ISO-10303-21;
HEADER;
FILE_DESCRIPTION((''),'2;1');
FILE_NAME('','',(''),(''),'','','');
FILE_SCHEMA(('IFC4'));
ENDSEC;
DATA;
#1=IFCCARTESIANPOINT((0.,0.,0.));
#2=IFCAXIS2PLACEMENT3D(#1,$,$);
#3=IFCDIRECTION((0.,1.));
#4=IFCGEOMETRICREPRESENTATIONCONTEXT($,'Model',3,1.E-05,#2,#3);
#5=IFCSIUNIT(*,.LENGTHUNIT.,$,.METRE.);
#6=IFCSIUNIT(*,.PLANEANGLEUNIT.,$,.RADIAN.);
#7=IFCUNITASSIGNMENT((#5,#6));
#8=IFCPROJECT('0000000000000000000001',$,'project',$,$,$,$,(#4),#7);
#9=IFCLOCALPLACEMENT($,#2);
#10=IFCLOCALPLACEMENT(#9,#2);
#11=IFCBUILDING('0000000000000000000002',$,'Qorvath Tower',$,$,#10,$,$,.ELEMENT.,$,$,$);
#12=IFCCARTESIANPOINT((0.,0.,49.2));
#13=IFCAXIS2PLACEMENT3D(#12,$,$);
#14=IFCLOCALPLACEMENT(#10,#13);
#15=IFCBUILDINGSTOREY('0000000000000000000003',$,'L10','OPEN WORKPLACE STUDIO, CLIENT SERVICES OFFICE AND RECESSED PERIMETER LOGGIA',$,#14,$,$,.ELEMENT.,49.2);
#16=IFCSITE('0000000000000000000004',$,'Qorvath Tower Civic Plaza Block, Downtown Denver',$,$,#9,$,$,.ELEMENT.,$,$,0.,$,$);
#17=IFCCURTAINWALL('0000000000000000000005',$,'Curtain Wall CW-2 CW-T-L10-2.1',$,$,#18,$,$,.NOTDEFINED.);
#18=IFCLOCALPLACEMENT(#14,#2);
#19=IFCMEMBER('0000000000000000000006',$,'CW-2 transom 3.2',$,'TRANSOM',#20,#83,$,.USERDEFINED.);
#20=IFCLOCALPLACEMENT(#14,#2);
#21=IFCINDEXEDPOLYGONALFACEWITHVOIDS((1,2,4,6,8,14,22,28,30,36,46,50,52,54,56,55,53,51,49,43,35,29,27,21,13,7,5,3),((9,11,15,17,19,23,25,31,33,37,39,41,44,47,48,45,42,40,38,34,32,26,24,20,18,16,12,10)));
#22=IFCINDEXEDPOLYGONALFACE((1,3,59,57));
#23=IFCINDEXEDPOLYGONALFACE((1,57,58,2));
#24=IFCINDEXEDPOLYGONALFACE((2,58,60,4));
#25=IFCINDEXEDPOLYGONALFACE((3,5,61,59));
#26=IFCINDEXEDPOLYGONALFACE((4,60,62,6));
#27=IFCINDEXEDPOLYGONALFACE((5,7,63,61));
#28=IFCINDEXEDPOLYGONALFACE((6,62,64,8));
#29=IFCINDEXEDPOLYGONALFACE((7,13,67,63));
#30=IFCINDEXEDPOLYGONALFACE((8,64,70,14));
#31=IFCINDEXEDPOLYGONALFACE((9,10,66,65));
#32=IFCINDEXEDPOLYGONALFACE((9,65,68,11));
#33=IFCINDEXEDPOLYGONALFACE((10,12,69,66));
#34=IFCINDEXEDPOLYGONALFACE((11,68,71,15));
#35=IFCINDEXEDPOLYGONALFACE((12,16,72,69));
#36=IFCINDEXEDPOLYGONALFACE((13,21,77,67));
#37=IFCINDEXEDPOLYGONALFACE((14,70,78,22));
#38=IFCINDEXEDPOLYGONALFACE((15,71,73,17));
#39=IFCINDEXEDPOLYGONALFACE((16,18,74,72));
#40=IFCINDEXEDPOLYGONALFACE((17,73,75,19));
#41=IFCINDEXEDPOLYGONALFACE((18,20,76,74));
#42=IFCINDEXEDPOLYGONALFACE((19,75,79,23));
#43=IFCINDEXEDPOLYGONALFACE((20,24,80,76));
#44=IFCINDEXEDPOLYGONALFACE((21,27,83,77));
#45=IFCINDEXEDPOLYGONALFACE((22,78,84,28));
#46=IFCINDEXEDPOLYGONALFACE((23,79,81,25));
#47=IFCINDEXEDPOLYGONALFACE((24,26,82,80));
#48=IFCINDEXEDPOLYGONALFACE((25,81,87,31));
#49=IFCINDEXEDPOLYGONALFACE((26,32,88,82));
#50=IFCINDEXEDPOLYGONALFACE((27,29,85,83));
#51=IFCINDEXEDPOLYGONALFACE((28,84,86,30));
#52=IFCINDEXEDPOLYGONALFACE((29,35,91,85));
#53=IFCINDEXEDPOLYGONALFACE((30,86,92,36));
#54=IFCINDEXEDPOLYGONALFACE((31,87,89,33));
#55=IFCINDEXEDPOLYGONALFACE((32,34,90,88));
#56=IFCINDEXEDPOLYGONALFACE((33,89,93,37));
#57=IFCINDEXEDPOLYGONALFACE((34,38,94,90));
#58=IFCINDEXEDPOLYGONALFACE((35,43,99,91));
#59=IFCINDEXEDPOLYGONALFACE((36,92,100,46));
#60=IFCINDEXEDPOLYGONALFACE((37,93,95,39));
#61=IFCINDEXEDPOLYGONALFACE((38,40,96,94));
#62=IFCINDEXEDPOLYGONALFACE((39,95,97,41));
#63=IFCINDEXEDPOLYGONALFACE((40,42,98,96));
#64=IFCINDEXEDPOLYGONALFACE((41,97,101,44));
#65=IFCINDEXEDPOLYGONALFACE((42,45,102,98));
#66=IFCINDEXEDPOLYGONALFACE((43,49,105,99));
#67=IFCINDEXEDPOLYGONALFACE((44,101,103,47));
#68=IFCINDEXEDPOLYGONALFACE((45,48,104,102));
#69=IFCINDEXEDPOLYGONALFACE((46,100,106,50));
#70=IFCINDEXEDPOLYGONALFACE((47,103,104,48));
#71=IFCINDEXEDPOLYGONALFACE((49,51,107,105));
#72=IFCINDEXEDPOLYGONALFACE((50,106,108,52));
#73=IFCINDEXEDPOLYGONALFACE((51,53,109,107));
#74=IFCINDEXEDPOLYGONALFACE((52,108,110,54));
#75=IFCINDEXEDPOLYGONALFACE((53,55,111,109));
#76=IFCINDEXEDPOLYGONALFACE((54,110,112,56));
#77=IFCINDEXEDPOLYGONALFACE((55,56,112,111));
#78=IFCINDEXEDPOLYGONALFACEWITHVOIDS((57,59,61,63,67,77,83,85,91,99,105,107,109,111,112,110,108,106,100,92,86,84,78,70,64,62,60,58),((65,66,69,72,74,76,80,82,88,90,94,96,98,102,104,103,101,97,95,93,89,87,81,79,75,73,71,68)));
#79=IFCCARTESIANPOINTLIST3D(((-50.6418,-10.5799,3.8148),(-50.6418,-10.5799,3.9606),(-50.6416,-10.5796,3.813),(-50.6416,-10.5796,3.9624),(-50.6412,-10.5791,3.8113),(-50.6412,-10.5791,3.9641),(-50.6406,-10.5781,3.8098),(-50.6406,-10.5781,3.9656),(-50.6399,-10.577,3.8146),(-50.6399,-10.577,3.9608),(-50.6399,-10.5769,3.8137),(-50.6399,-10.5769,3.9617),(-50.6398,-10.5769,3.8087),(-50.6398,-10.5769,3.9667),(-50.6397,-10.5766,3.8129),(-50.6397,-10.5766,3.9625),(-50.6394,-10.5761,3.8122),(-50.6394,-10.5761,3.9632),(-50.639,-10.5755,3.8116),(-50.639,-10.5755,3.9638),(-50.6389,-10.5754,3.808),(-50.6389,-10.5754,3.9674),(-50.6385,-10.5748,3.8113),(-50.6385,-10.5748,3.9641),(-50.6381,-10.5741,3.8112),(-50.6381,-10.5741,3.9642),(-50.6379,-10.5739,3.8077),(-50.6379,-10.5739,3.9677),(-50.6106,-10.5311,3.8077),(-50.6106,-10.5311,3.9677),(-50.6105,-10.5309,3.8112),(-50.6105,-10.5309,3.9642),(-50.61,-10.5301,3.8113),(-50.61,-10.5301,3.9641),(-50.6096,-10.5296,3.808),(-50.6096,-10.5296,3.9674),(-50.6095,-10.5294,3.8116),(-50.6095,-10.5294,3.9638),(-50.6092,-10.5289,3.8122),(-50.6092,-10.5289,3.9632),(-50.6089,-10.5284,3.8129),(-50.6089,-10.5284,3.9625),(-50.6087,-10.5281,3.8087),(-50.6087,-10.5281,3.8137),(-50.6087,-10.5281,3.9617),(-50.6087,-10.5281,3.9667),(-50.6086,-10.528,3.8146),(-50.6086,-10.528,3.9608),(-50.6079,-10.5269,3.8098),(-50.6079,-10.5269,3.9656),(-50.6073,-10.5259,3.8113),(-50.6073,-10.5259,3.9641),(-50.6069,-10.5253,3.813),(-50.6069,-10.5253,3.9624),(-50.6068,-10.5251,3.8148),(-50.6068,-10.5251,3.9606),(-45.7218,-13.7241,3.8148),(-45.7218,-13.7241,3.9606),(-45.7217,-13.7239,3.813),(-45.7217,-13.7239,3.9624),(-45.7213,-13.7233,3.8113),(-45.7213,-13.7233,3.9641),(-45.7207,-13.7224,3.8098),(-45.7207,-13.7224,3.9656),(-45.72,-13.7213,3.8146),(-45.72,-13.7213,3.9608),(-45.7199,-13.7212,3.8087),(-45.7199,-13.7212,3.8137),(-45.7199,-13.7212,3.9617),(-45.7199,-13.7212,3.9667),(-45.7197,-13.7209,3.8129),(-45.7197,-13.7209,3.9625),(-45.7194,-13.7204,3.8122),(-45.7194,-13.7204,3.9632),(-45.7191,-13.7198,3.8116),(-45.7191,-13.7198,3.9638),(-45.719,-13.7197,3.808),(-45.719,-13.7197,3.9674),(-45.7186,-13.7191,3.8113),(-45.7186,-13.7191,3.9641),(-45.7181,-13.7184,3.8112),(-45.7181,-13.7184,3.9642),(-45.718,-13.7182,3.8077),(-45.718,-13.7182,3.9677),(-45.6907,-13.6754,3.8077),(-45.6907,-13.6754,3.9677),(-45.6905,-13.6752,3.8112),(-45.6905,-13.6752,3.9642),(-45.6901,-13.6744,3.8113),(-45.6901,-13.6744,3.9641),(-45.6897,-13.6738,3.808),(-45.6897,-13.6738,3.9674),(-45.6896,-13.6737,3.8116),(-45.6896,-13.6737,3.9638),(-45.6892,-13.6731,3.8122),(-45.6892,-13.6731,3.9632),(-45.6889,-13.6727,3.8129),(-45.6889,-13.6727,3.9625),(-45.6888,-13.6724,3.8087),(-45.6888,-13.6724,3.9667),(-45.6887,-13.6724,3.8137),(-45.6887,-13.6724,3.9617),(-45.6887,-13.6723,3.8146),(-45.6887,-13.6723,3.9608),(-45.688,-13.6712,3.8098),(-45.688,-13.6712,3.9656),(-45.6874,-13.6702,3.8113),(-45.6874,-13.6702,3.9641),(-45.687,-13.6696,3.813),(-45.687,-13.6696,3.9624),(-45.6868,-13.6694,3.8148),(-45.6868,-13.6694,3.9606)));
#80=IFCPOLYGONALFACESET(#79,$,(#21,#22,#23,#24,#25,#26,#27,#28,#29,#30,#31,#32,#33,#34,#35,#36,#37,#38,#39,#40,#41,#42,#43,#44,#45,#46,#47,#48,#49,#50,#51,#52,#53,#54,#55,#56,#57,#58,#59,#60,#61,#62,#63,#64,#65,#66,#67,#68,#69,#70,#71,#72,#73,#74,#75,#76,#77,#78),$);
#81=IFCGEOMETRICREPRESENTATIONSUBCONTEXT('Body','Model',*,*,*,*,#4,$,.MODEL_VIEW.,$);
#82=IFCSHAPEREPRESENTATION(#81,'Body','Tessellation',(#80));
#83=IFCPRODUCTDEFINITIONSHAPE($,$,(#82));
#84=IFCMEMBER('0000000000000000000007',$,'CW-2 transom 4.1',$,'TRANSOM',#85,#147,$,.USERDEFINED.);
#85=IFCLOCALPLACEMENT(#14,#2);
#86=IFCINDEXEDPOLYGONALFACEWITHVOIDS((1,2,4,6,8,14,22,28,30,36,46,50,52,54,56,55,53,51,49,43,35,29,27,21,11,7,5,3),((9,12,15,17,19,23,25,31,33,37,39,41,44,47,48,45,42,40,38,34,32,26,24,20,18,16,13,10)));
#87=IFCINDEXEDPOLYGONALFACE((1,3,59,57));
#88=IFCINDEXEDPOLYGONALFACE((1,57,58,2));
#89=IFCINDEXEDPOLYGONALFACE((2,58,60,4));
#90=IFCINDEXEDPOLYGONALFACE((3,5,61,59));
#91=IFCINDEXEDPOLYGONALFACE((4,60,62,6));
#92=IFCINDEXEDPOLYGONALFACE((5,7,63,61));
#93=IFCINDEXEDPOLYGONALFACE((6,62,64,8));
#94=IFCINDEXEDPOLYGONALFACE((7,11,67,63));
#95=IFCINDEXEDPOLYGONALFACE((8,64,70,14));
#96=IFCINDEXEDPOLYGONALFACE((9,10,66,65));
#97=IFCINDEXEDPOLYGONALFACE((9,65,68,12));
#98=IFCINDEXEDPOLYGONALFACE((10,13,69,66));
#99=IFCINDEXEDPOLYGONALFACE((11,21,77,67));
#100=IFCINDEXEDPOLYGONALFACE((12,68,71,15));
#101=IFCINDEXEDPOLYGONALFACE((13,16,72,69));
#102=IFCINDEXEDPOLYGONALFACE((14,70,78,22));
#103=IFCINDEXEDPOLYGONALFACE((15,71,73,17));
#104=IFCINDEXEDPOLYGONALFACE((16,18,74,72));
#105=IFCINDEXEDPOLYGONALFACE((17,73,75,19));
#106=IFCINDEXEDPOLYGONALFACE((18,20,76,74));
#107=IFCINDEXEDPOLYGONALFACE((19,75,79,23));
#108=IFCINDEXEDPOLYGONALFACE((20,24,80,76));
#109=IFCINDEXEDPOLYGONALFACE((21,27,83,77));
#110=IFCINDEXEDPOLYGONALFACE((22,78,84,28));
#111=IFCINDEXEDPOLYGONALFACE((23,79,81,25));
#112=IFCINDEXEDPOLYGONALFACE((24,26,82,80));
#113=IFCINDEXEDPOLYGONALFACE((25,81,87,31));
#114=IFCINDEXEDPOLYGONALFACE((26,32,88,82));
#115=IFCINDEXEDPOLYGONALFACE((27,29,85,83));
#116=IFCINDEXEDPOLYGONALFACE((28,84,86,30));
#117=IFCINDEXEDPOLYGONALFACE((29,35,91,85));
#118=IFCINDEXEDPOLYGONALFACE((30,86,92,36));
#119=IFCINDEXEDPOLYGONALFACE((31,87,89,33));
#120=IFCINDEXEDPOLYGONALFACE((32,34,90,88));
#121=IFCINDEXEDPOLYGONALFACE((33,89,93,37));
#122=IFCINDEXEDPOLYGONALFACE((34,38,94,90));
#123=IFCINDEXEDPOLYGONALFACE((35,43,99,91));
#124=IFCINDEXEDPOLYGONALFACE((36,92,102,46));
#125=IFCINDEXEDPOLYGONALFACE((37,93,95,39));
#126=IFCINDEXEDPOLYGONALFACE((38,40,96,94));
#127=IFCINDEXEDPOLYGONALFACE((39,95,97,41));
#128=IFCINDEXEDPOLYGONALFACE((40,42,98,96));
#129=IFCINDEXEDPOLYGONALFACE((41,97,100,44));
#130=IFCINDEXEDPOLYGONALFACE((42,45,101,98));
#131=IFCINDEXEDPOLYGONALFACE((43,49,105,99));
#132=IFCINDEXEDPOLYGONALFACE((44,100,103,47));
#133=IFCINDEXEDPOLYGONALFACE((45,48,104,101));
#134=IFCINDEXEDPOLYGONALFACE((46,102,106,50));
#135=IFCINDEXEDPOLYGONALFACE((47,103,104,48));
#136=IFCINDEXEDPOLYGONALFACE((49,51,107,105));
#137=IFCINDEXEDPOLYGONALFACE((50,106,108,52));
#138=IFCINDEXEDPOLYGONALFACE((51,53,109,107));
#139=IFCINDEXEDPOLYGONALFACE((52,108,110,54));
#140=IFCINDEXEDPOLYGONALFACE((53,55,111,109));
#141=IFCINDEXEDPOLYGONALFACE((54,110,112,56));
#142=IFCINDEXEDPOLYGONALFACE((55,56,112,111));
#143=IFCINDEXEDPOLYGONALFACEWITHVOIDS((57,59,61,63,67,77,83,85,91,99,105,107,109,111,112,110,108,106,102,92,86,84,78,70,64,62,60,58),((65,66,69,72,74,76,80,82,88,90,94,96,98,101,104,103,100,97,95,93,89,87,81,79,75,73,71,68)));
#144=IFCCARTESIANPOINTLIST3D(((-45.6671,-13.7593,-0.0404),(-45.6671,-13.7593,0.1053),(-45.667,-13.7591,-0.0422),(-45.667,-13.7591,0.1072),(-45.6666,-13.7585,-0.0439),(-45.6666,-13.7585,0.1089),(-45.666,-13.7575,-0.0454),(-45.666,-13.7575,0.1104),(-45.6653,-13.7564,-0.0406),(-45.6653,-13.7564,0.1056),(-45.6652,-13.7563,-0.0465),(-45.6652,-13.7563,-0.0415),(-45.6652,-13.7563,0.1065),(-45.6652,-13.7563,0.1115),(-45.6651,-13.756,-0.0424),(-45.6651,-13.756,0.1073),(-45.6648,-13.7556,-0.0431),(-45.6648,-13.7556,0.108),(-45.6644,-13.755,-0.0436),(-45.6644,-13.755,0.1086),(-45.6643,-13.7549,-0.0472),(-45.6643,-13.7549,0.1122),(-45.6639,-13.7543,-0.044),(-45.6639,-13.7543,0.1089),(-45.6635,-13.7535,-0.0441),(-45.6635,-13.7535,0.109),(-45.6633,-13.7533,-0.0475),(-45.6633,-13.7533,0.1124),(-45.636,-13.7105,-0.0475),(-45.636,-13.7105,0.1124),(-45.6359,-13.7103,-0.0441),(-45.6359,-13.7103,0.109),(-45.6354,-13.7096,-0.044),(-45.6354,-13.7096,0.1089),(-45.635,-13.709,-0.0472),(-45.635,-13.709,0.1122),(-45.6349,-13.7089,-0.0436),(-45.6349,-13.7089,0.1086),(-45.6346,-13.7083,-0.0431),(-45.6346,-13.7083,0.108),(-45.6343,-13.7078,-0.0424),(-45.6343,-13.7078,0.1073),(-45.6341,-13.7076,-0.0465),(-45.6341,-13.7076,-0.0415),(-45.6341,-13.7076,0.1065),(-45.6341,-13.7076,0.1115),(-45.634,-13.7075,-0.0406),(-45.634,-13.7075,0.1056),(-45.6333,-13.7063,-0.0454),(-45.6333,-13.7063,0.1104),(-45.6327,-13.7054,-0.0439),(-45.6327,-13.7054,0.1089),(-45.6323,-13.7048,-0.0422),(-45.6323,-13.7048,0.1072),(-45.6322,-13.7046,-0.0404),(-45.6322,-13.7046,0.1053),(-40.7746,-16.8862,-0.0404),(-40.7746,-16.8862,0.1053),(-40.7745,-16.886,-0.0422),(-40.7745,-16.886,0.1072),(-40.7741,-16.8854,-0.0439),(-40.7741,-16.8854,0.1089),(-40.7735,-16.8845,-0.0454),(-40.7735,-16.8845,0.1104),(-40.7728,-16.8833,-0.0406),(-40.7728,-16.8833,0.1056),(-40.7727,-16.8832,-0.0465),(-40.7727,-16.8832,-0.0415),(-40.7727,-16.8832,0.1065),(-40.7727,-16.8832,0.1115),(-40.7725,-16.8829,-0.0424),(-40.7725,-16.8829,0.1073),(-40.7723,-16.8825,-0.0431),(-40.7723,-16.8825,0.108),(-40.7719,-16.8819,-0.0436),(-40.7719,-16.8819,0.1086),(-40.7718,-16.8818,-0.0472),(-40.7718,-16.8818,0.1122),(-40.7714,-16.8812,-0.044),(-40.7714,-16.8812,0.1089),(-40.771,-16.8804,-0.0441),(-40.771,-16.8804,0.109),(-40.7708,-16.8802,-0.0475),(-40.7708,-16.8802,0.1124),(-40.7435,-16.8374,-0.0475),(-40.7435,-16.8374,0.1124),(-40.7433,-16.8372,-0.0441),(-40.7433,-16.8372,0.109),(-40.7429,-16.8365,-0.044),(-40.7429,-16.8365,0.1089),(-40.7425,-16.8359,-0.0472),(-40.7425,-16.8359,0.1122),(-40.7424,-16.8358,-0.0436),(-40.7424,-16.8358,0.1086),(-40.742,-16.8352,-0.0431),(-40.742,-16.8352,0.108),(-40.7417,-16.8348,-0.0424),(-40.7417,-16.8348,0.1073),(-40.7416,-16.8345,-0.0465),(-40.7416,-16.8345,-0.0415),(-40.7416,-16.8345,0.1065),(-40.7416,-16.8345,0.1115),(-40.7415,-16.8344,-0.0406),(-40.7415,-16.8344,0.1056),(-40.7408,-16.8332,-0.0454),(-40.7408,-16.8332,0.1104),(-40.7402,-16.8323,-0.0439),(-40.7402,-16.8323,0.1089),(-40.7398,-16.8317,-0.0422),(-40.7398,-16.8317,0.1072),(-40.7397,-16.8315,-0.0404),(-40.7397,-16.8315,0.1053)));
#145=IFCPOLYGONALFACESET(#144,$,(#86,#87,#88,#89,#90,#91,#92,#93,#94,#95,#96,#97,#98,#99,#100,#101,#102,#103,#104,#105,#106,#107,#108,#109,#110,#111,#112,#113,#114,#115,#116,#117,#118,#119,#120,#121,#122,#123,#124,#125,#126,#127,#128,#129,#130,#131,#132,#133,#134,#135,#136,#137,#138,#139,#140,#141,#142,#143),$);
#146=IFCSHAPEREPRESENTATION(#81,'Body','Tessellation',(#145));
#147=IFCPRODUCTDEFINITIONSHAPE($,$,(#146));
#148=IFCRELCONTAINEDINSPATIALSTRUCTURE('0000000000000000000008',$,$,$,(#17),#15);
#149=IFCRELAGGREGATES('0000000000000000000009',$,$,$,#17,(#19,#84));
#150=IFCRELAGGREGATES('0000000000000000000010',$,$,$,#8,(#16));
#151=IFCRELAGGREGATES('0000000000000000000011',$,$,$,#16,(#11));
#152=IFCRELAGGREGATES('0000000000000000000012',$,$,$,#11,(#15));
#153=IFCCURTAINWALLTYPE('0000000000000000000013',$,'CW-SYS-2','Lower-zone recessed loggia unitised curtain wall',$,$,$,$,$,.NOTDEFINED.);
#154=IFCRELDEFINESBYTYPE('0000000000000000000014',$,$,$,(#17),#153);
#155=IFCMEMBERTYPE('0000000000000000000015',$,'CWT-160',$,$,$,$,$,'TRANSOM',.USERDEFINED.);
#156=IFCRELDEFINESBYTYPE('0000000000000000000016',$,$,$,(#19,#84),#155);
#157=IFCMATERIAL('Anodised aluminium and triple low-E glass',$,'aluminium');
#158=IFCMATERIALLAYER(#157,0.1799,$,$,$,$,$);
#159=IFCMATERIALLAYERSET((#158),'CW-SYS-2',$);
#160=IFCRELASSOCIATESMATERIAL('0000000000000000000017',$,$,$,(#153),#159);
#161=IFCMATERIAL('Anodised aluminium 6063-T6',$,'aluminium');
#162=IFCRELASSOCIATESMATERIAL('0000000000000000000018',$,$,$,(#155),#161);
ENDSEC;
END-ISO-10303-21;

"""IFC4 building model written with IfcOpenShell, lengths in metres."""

from ifc_helpers import new_model, si_unit, direction, frame, origin, origin_2d, place, context, subcontext, project, spatial, hollow_rectangle, extrude, material, layer, layer_set, material_profile, profile_set, type_object, element, aggregate, save


model = new_model("IFC4")

# Units and contexts
model_context = context("Model", 3, precision=1e-05, world=origin(), true_north=direction((0.0, 1.0)))
body_context = subcontext(model_context, "Body", "Model", "MODEL_VIEW")
ifc_project = project(units=[si_unit("LENGTHUNIT", "METRE"), si_unit("PLANEANGLEUNIT", "RADIAN")], contexts=[model_context])

# Site, building, storey
site_placement = place(None, origin())
site = spatial("IfcSite", under=ifc_project, at=site_placement, Name="Qorvath Tower Civic Plaza Block, Downtown Denver", CompositionType="ELEMENT", RefElevation=0.0)
building_placement = place(site_placement, origin())
building = spatial("IfcBuilding", under=site, at=building_placement, Name="Qorvath Tower", CompositionType="ELEMENT")
storey_placement = place(building_placement, frame((0.0, 0.0, 49.2)))
storey = spatial("IfcBuildingStorey", under=building, at=storey_placement, Name="L10", Description="OPEN WORKPLACE STUDIO, CLIENT SERVICES OFFICE AND RECESSED PERIMETER LOGGIA", CompositionType="ELEMENT", Elevation=49.2)

# Curtain wall, members
ifc_material_1 = material(Name="Anodised aluminium and triple low-E glass", Category="aluminium")
ifc_layer_1 = layer(ifc_material_1, 0.1799)
ifc_layer_set_1 = layer_set([ifc_layer_1], Name="CW-SYS-2")
curtain_wall_type = type_object("IfcCurtainWallType", Name="CW-SYS-2", Description="Lower-zone recessed loggia unitised curtain wall", PredefinedType="NOTDEFINED", material=ifc_layer_set_1)
curtain_wall_placement = place(storey_placement, origin())
curtain_wall = element("IfcCurtainWall", 1, at=curtain_wall_placement, inside=storey, type_object=curtain_wall_type, Name="Curtain Wall CW-2 CW-T-L10-2.1", PredefinedType="NOTDEFINED")
ifc_material_2 = material(Name="Anodised aluminium 6063-T6", Category="aluminium")
ifc_material_profile_1 = material_profile(ifc_material_2, hollow_rectangle(XDim=0.0649, YDim=0.1599, WallThickness=0.0034, InnerFilletRadius=0.0034, OuterFilletRadius=0.0071, at=origin_2d()), Name="CWT 160x65")
ifc_profile_set_1 = profile_set([ifc_material_profile_1], Name="Anodised aluminium 6063-T6")
member_type_1 = type_object("IfcMemberType", Name="CWT-160", ElementType="TRANSOM", PredefinedType="USERDEFINED", material=ifc_profile_set_1)
member_1_placement = place(storey_placement, frame((-50.6243, -10.5525, 3.8877), z_axis=(0.842618, -0.538511, 0.0), x_axis=(0.538511, 0.842618, 0.0)))
member_1 = element("IfcMember", 2, at=member_1_placement, type_object=member_type_1, Name="CW-2 transom 3.2", ObjectType="TRANSOM", PredefinedType="USERDEFINED", context=body_context, shape_type="SweptSolid", body=[
    extrude(hollow_rectangle(XDim=0.0649, YDim=0.1599, WallThickness=0.0034, InnerFilletRadius=0.0034, OuterFilletRadius=0.0071, at=origin_2d()), origin(), (0.0, 0.0, 1.0), 5.8389),
])
member_2_placement = place(storey_placement, frame((-45.6497, -13.7319, 0.0325), z_axis=(0.842607, -0.538529, 0.0), x_axis=(0.538529, 0.842607, 0.0)))
member_2 = element("IfcMember", 3, at=member_2_placement, type_object=member_type_1, Name="CW-2 transom 4.1", ObjectType="TRANSOM", PredefinedType="USERDEFINED", context=body_context, shape_type="SweptSolid", body=[
    extrude(hollow_rectangle(XDim=0.0649, YDim=0.1599, WallThickness=0.0034, InnerFilletRadius=0.0034, OuterFilletRadius=0.0071, at=origin_2d()), origin(), (0.0, 0.0, 1.0), 5.8064),
])

aggregate(curtain_wall, [member_1, member_2])

save(model, "model.ifc")
